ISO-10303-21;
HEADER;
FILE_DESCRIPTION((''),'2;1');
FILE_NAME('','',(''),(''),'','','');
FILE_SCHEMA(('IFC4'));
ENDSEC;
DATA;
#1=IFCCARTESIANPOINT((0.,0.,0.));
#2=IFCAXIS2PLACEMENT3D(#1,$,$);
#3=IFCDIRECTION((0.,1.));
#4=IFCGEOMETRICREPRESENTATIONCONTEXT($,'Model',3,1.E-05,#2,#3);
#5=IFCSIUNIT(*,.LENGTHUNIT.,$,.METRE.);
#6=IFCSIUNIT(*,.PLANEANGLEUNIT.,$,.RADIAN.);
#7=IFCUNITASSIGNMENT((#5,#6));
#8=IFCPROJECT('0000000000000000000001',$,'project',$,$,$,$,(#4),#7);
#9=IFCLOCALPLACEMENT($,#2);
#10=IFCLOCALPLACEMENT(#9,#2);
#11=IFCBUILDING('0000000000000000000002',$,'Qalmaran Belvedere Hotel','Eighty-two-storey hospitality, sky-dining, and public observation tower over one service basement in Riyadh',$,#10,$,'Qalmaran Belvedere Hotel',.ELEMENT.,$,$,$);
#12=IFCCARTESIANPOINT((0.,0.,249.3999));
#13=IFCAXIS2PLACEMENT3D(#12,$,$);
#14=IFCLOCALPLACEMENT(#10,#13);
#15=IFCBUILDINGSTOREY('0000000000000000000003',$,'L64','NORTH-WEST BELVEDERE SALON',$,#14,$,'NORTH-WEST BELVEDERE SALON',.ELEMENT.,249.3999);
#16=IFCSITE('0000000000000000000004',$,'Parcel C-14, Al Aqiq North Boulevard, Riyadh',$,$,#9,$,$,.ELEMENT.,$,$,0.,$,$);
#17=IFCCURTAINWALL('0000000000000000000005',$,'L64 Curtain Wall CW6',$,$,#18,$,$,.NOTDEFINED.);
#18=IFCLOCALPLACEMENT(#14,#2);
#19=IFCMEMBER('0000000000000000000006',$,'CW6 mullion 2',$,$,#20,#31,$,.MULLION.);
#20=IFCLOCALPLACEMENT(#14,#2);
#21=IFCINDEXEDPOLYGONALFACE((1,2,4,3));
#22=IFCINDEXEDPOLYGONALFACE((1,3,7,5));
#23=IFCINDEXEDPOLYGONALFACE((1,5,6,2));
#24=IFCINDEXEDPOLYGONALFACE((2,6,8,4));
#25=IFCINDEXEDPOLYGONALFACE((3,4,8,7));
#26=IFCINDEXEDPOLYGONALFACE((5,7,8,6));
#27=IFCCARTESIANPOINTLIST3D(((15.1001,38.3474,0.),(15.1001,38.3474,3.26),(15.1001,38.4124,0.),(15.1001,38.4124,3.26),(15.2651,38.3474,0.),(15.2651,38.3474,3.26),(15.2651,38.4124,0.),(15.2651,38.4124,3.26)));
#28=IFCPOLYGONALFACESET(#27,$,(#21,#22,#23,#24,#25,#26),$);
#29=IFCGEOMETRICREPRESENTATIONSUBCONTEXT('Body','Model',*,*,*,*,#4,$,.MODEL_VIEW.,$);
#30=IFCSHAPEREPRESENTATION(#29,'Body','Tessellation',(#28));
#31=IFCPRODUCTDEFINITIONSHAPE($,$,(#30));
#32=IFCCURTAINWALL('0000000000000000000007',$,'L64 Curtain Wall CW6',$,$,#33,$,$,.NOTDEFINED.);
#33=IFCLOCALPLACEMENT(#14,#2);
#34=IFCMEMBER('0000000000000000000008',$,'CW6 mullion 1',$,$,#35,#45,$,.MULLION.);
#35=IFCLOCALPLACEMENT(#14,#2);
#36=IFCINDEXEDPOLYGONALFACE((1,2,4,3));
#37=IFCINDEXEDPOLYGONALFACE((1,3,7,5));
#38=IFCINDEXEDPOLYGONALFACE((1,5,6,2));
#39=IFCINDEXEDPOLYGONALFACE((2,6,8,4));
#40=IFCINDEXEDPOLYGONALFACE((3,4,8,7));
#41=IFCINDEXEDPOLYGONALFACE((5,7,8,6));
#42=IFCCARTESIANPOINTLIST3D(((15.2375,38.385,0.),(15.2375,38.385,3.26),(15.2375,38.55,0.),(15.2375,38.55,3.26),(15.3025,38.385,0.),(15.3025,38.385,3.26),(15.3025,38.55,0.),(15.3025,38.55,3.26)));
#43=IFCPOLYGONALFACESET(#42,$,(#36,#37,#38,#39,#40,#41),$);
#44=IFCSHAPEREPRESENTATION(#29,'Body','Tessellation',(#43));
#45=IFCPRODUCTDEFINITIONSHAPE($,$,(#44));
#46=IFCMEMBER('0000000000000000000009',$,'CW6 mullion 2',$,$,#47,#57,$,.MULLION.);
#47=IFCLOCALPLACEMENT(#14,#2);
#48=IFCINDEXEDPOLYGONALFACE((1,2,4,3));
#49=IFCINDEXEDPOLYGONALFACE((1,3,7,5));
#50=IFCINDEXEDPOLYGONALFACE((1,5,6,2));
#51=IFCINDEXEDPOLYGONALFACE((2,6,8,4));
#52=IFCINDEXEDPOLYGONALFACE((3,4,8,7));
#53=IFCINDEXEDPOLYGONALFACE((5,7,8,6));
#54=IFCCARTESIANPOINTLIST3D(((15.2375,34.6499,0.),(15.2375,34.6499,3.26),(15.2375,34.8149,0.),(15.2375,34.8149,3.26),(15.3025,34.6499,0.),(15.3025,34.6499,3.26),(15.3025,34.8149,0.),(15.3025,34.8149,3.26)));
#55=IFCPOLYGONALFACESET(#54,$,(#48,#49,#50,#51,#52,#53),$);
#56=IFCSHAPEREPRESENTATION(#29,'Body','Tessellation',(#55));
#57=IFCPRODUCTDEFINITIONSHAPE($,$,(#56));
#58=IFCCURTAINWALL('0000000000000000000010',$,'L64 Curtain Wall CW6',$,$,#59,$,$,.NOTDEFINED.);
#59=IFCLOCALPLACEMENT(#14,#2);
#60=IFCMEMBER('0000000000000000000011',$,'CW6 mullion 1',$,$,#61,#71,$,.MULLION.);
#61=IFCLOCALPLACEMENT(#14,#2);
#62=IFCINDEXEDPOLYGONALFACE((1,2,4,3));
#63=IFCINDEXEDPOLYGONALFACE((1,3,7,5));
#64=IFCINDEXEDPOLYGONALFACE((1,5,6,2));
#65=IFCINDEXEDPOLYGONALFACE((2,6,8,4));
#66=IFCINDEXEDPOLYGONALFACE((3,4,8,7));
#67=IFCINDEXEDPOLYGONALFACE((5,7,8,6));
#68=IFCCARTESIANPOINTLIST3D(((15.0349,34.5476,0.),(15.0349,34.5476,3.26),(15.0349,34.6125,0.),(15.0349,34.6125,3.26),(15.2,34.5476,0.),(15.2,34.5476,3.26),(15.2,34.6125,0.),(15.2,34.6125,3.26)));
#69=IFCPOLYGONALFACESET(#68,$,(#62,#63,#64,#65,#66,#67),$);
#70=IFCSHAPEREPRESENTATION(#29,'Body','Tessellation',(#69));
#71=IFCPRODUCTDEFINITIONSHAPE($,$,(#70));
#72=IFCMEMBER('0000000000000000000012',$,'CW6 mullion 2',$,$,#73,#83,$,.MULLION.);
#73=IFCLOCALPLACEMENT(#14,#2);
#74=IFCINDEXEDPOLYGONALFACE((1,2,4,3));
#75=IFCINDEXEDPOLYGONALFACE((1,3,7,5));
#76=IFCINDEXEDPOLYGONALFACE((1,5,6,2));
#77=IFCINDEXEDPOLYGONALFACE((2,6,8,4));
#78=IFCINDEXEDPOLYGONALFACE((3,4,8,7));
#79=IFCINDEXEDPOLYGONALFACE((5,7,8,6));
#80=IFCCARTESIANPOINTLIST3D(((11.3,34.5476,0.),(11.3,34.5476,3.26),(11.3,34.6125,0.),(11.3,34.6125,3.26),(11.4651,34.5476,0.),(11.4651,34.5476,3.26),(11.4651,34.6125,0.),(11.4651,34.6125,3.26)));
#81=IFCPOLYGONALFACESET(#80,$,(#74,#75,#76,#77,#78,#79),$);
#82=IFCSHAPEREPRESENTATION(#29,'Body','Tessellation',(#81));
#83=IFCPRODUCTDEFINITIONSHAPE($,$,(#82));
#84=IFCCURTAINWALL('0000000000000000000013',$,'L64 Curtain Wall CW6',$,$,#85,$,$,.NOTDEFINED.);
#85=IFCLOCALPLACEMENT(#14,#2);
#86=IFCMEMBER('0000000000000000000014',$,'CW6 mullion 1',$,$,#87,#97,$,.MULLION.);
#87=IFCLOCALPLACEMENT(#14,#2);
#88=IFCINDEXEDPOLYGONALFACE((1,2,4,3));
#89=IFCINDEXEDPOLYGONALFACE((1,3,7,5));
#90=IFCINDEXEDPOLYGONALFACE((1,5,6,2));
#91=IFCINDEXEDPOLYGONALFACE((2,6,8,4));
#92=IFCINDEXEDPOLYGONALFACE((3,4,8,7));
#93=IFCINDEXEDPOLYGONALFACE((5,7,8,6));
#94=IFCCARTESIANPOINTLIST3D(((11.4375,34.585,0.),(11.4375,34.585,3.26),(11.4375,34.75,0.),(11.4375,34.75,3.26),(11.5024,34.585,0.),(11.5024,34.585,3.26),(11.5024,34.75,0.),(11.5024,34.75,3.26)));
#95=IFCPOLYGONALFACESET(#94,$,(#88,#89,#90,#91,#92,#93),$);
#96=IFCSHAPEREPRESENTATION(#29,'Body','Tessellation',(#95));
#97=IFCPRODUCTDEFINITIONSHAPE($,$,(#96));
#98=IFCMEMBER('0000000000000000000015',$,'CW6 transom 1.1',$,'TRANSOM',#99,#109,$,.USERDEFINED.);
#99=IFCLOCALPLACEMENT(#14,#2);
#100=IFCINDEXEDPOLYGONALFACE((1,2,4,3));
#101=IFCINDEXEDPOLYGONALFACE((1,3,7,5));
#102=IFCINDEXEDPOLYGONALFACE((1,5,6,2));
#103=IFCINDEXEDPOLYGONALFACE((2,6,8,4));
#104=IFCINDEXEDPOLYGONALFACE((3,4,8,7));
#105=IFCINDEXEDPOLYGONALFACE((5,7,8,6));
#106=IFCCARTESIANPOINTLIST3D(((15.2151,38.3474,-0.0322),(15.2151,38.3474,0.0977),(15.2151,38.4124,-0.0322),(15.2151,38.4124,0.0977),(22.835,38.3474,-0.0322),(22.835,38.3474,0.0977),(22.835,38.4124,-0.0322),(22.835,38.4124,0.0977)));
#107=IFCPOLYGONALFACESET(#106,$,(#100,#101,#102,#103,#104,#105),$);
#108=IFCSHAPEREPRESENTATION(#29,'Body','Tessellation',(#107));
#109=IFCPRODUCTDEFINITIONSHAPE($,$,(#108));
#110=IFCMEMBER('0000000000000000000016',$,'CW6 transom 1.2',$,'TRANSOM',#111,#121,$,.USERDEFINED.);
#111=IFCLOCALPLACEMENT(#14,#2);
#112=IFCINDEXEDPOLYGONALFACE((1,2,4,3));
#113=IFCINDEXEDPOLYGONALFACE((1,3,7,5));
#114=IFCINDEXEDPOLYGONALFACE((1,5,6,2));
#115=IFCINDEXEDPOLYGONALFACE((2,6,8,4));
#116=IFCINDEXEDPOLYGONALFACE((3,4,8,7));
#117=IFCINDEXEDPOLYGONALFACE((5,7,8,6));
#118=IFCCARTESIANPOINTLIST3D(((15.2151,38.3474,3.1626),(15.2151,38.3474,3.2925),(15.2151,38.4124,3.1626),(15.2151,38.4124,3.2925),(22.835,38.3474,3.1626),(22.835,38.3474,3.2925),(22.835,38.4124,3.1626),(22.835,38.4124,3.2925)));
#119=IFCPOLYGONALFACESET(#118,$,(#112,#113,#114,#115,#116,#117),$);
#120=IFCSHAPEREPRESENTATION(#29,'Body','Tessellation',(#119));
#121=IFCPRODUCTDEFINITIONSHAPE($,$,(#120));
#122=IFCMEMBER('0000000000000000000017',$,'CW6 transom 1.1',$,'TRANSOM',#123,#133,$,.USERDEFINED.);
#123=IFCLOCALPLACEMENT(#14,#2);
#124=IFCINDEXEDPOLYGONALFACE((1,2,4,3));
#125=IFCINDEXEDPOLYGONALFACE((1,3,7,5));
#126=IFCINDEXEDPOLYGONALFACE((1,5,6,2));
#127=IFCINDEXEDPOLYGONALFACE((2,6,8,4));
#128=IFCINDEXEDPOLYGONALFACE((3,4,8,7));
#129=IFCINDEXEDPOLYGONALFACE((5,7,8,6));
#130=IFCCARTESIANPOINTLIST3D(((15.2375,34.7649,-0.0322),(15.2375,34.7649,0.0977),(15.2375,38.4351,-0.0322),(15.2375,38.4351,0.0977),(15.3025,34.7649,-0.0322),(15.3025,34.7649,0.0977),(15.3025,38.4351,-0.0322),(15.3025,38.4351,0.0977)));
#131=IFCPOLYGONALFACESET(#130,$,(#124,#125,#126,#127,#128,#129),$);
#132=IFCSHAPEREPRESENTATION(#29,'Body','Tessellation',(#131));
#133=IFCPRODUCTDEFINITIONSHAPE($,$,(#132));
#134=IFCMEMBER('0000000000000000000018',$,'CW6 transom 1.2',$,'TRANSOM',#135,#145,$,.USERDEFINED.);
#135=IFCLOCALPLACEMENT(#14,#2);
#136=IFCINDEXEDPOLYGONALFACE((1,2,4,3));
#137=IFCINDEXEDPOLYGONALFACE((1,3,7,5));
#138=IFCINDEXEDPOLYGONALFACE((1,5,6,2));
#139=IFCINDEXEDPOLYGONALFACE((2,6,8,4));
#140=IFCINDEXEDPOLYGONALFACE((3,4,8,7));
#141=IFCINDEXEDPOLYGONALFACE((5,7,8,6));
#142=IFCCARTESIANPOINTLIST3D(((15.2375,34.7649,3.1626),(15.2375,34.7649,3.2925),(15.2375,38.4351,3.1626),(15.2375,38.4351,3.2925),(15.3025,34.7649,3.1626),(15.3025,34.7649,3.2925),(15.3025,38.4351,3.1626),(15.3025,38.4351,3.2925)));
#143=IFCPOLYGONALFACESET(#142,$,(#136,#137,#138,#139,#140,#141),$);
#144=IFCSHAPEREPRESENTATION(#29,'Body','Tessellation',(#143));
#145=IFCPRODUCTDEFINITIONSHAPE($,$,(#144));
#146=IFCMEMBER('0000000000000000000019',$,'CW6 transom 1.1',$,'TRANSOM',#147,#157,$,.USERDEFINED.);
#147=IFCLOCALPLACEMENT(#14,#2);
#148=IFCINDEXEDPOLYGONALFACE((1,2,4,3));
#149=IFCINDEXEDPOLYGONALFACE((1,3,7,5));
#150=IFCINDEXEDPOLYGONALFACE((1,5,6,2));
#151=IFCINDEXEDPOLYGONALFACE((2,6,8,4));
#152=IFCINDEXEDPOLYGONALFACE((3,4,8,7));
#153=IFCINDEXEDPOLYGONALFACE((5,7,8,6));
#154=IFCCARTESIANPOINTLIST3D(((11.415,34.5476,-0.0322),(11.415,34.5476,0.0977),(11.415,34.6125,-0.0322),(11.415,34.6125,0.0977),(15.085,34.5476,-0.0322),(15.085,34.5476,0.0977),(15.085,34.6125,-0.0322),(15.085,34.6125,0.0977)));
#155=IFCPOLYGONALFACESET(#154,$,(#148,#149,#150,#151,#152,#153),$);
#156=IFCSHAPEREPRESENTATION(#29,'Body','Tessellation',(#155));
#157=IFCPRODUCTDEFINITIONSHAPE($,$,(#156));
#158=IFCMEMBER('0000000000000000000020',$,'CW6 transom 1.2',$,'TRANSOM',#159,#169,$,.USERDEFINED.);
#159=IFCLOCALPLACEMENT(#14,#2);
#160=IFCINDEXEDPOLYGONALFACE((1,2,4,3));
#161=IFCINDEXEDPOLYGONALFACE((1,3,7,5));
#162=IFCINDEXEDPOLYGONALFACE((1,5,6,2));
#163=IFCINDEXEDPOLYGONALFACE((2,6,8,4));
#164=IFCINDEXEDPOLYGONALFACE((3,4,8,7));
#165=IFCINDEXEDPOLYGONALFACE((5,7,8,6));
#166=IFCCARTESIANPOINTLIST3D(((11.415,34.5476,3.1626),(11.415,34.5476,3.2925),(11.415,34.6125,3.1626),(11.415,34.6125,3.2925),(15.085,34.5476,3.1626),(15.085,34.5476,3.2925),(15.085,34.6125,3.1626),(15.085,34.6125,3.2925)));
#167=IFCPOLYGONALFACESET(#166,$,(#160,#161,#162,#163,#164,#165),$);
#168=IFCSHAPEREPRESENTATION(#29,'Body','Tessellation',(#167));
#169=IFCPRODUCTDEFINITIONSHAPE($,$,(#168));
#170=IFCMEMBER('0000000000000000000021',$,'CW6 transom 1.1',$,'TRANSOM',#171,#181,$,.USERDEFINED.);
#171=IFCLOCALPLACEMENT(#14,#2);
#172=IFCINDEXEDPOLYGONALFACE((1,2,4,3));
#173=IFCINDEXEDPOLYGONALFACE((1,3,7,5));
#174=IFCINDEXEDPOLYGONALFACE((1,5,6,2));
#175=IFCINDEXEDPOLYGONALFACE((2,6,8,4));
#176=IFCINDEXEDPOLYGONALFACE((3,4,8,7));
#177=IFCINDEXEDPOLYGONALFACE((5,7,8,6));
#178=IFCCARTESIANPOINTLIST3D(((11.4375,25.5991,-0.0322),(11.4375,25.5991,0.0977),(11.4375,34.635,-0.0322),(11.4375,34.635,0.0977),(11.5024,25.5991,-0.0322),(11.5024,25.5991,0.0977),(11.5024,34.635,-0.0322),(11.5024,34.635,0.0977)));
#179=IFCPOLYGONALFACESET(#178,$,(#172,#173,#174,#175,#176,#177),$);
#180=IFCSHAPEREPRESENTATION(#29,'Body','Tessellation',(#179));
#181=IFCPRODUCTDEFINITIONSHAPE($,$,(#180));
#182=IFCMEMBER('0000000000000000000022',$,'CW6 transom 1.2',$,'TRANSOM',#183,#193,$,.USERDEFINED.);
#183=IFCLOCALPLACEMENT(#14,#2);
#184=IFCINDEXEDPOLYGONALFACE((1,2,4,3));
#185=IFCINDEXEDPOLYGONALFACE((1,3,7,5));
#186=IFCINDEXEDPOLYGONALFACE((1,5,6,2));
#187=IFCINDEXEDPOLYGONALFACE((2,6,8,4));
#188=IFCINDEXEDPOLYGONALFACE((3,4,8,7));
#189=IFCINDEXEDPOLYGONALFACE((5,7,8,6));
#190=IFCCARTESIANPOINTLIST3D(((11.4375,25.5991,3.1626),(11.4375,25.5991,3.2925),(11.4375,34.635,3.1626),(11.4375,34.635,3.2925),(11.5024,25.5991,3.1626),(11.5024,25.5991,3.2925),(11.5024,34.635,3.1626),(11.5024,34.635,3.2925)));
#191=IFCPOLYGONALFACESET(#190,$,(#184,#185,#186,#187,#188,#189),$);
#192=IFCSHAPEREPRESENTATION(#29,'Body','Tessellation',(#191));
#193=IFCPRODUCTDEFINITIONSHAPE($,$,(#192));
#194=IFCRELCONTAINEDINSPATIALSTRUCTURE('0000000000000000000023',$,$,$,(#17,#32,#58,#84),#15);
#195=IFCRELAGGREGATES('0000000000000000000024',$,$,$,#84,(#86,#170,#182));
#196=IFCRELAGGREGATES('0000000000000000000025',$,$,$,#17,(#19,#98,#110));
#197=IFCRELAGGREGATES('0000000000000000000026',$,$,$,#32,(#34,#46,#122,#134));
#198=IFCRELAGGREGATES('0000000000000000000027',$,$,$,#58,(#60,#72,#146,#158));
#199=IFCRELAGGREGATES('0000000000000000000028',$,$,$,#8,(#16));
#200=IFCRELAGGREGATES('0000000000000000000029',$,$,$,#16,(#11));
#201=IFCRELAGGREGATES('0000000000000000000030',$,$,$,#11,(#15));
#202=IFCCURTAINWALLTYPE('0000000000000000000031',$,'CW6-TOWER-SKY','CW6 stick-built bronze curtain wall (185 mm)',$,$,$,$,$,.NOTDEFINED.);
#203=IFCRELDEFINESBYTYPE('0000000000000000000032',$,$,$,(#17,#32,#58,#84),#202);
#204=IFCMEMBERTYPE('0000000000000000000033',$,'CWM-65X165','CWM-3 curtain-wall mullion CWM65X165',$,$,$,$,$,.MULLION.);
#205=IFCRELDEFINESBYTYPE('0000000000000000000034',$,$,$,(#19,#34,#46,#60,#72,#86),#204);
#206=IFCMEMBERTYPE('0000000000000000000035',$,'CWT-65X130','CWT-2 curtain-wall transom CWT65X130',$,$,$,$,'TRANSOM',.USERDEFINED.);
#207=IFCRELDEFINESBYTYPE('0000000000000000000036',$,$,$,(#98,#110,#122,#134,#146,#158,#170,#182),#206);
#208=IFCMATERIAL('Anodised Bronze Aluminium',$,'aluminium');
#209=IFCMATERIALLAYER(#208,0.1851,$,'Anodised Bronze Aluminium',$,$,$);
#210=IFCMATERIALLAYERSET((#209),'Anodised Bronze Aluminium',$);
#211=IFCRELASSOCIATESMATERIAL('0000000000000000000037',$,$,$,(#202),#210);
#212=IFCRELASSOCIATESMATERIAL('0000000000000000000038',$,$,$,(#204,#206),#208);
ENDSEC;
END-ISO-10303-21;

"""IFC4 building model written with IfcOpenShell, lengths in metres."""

from ifc_helpers import new_model, si_unit, direction, frame, origin, origin_2d, place, context, subcontext, project, spatial, rectangle, extrude, material, layer, layer_set, material_profile, profile_set, type_object, element, aggregate, save


model = new_model("IFC4")

# Units and contexts
model_context = context("Model", 3, precision=1e-05, world=origin(), true_north=direction((0.0, 1.0)))
body_context = subcontext(model_context, "Body", "Model", "MODEL_VIEW")
ifc_project = project(units=[si_unit("LENGTHUNIT", "METRE"), si_unit("PLANEANGLEUNIT", "RADIAN")], contexts=[model_context])

# Site, building, storey
site_placement = place(None, origin())
site = spatial("IfcSite", under=ifc_project, at=site_placement, Name="Parcel C-14, Al Aqiq North Boulevard, Riyadh", CompositionType="ELEMENT", RefElevation=0.0)
building_placement = place(site_placement, origin())
building = spatial("IfcBuilding", under=site, at=building_placement, Name="Qalmaran Belvedere Hotel", Description="Eighty-two-storey hospitality, sky-dining, and public observation tower over one service basement in Riyadh", LongName="Qalmaran Belvedere Hotel", CompositionType="ELEMENT")
storey_placement = place(building_placement, frame((0.0, 0.0, 249.3999)))
storey = spatial("IfcBuildingStorey", under=building, at=storey_placement, Name="L64", Description="NORTH-WEST BELVEDERE SALON", LongName="NORTH-WEST BELVEDERE SALON", CompositionType="ELEMENT", Elevation=249.3999)

# Curtain walls, members
ifc_material_1 = material(Name="Anodised Bronze Aluminium", Category="aluminium")
ifc_layer_1 = layer(ifc_material_1, 0.1851, Name="Anodised Bronze Aluminium")
ifc_layer_set_1 = layer_set([ifc_layer_1], Name="Anodised Bronze Aluminium")
curtain_wall_type = type_object("IfcCurtainWallType", Name="CW6-TOWER-SKY", Description="CW6 stick-built bronze curtain wall (185 mm)", PredefinedType="NOTDEFINED", material=ifc_layer_set_1)
curtain_wall_1_placement = place(storey_placement, origin())
curtain_wall_1 = element("IfcCurtainWall", 1, at=curtain_wall_1_placement, inside=storey, type_object=curtain_wall_type, Name="L64 Curtain Wall CW6", PredefinedType="NOTDEFINED")
ifc_material_profile_1 = material_profile(ifc_material_1, rectangle(XDim=0.0649, YDim=0.165, at=origin_2d()), Name="CWM65X165")
ifc_profile_set_1 = profile_set([ifc_material_profile_1], Name="Anodised Bronze Aluminium")
member_type_1 = type_object("IfcMemberType", Name="CWM-65X165", Description="CWM-3 curtain-wall mullion CWM65X165", PredefinedType="MULLION", material=ifc_profile_set_1)
member_1_placement = place(storey_placement, frame((15.1826, 38.3799, 0.0), z_axis=(0.0, 0.0, 1.0), x_axis=(0.0, -1.0, 0.0)))
member_1 = element("IfcMember", 2, at=member_1_placement, type_object=member_type_1, Name="CW6 mullion 2", PredefinedType="MULLION", context=body_context, shape_type="SweptSolid", body=[
    extrude(rectangle(XDim=0.0649, YDim=0.165, at=origin_2d()), origin(), (0.0, 0.0, 1.0), 3.26),
])
curtain_wall_2_placement = place(storey_placement, origin())
curtain_wall_2 = element("IfcCurtainWall", 3, at=curtain_wall_2_placement, inside=storey, type_object=curtain_wall_type, Name="L64 Curtain Wall CW6", PredefinedType="NOTDEFINED")
member_2_placement = place(storey_placement, frame((15.27, 38.4675, 0.0), z_axis=(0.0, 0.0, 1.0), x_axis=(1.0, 0.0, 0.0)))
member_2 = element("IfcMember", 4, at=member_2_placement, type_object=member_type_1, Name="CW6 mullion 1", PredefinedType="MULLION", context=body_context, shape_type="SweptSolid", body=[
    extrude(rectangle(XDim=0.0649, YDim=0.165, at=origin_2d()), origin(), (0.0, 0.0, 1.0), 3.26),
])
member_3_placement = place(storey_placement, frame((15.27, 34.7324, 0.0), z_axis=(0.0, 0.0, 1.0), x_axis=(1.0, 0.0, 0.0)))
member_3 = element("IfcMember", 5, at=member_3_placement, type_object=member_type_1, Name="CW6 mullion 2", PredefinedType="MULLION", context=body_context, shape_type="SweptSolid", body=[
    extrude(rectangle(XDim=0.0649, YDim=0.165, at=origin_2d()), origin(), (0.0, 0.0, 1.0), 3.26),
])
curtain_wall_3_placement = place(storey_placement, origin())
curtain_wall_3 = element("IfcCurtainWall", 6, at=curtain_wall_3_placement, inside=storey, type_object=curtain_wall_type, Name="L64 Curtain Wall CW6", PredefinedType="NOTDEFINED")
member_4_placement = place(storey_placement, frame((15.1174, 34.5801, 0.0), z_axis=(0.0, 0.0, 1.0), x_axis=(0.0, -1.0, 0.0)))
member_4 = element("IfcMember", 7, at=member_4_placement, type_object=member_type_1, Name="CW6 mullion 1", PredefinedType="MULLION", context=body_context, shape_type="SweptSolid", body=[
    extrude(rectangle(XDim=0.0649, YDim=0.165, at=origin_2d()), origin(), (0.0, 0.0, 1.0), 3.26),
])
member_5_placement = place(storey_placement, frame((11.3826, 34.5801, 0.0), z_axis=(0.0, 0.0, 1.0), x_axis=(0.0, -1.0, 0.0)))
member_5 = element("IfcMember", 8, at=member_5_placement, type_object=member_type_1, Name="CW6 mullion 2", PredefinedType="MULLION", context=body_context, shape_type="SweptSolid", body=[
    extrude(rectangle(XDim=0.0649, YDim=0.165, at=origin_2d()), origin(), (0.0, 0.0, 1.0), 3.26),
])

# Curtain wall, member
curtain_wall_4_placement = place(storey_placement, origin())
curtain_wall_4 = element("IfcCurtainWall", 9, at=curtain_wall_4_placement, inside=storey, type_object=curtain_wall_type, Name="L64 Curtain Wall CW6", PredefinedType="NOTDEFINED")
member_6_placement = place(storey_placement, frame((11.47, 34.6675, 0.0), z_axis=(0.0, 0.0, 1.0), x_axis=(1.0, 0.0, 0.0)))
member_6 = element("IfcMember", 10, at=member_6_placement, type_object=member_type_1, Name="CW6 mullion 1", PredefinedType="MULLION", context=body_context, shape_type="SweptSolid", body=[
    extrude(rectangle(XDim=0.0649, YDim=0.165, at=origin_2d()), origin(), (0.0, 0.0, 1.0), 3.26),
])

# Members
ifc_material_profile_2 = material_profile(ifc_material_1, rectangle(XDim=0.0649, YDim=0.1299, at=origin_2d()), Name="CWT65X130")
ifc_profile_set_2 = profile_set([ifc_material_profile_2], Name="Anodised Bronze Aluminium")
member_type_2 = type_object("IfcMemberType", Name="CWT-65X130", Description="CWT-2 curtain-wall transom CWT65X130", ElementType="TRANSOM", PredefinedType="USERDEFINED", material=ifc_profile_set_2)
member_7_placement = place(storey_placement, frame((22.835, 38.3799, 0.0327), z_axis=(-1.0, 0.0, 0.0), x_axis=(0.0, -1.0, 0.0)))
member_7 = element("IfcMember", 11, at=member_7_placement, type_object=member_type_2, Name="CW6 transom 1.1", ObjectType="TRANSOM", PredefinedType="USERDEFINED", context=body_context, shape_type="SweptSolid", body=[
    extrude(rectangle(XDim=0.0649, YDim=0.1299, at=origin_2d()), origin(), (0.0, 0.0, 1.0), 7.6199),
])
member_8_placement = place(storey_placement, frame((22.835, 38.3799, 3.2275), z_axis=(-1.0, 0.0, 0.0), x_axis=(0.0, -1.0, 0.0)))
member_8 = element("IfcMember", 12, at=member_8_placement, type_object=member_type_2, Name="CW6 transom 1.2", ObjectType="TRANSOM", PredefinedType="USERDEFINED", context=body_context, shape_type="SweptSolid", body=[
    extrude(rectangle(XDim=0.0649, YDim=0.1299, at=origin_2d()), origin(), (0.0, 0.0, 1.0), 7.6199),
])
member_9_placement = place(storey_placement, frame((15.27, 38.4351, 0.0327), z_axis=(0.0, -1.0, 0.0), x_axis=(1.0, 0.0, 0.0)))
member_9 = element("IfcMember", 13, at=member_9_placement, type_object=member_type_2, Name="CW6 transom 1.1", ObjectType="TRANSOM", PredefinedType="USERDEFINED", context=body_context, shape_type="SweptSolid", body=[
    extrude(rectangle(XDim=0.0649, YDim=0.1299, at=origin_2d()), origin(), (0.0, 0.0, 1.0), 3.6702),
])
member_10_placement = place(storey_placement, frame((15.27, 38.4351, 3.2275), z_axis=(0.0, -1.0, 0.0), x_axis=(1.0, 0.0, 0.0)))
member_10 = element("IfcMember", 14, at=member_10_placement, type_object=member_type_2, Name="CW6 transom 1.2", ObjectType="TRANSOM", PredefinedType="USERDEFINED", context=body_context, shape_type="SweptSolid", body=[
    extrude(rectangle(XDim=0.0649, YDim=0.1299, at=origin_2d()), origin(), (0.0, 0.0, 1.0), 3.6702),
])
member_11_placement = place(storey_placement, frame((15.085, 34.5801, 0.0327), z_axis=(-1.0, 0.0, 0.0), x_axis=(0.0, -1.0, 0.0)))
member_11 = element("IfcMember", 15, at=member_11_placement, type_object=member_type_2, Name="CW6 transom 1.1", ObjectType="TRANSOM", PredefinedType="USERDEFINED", context=body_context, shape_type="SweptSolid", body=[
    extrude(rectangle(XDim=0.0649, YDim=0.1299, at=origin_2d()), origin(), (0.0, 0.0, 1.0), 3.6699),
])
member_12_placement = place(storey_placement, frame((15.085, 34.5801, 3.2275), z_axis=(-1.0, 0.0, 0.0), x_axis=(0.0, -1.0, 0.0)))
member_12 = element("IfcMember", 16, at=member_12_placement, type_object=member_type_2, Name="CW6 transom 1.2", ObjectType="TRANSOM", PredefinedType="USERDEFINED", context=body_context, shape_type="SweptSolid", body=[
    extrude(rectangle(XDim=0.0649, YDim=0.1299, at=origin_2d()), origin(), (0.0, 0.0, 1.0), 3.6699),
])
member_13_placement = place(storey_placement, frame((11.47, 34.635, 0.0327), z_axis=(0.0, -1.0, 0.0), x_axis=(1.0, 0.0, 0.0)))
member_13 = element("IfcMember", 17, at=member_13_placement, type_object=member_type_2, Name="CW6 transom 1.1", ObjectType="TRANSOM", PredefinedType="USERDEFINED", context=body_context, shape_type="SweptSolid", body=[
    extrude(rectangle(XDim=0.0649, YDim=0.1299, at=origin_2d()), origin(), (0.0, 0.0, 1.0), 9.0359),
])
member_14_placement = place(storey_placement, frame((11.47, 34.635, 3.2275), z_axis=(0.0, -1.0, 0.0), x_axis=(1.0, 0.0, 0.0)))
member_14 = element("IfcMember", 18, at=member_14_placement, type_object=member_type_2, Name="CW6 transom 1.2", ObjectType="TRANSOM", PredefinedType="USERDEFINED", context=body_context, shape_type="SweptSolid", body=[
    extrude(rectangle(XDim=0.0649, YDim=0.1299, at=origin_2d()), origin(), (0.0, 0.0, 1.0), 9.0359),
])
aggregate(curtain_wall_4, [member_6, member_13, member_14])

aggregate(curtain_wall_1, [member_1, member_7, member_8])
aggregate(curtain_wall_2, [member_2, member_3, member_9, member_10])
aggregate(curtain_wall_3, [member_4, member_5, member_11, member_12])

save(model, "model.ifc")
